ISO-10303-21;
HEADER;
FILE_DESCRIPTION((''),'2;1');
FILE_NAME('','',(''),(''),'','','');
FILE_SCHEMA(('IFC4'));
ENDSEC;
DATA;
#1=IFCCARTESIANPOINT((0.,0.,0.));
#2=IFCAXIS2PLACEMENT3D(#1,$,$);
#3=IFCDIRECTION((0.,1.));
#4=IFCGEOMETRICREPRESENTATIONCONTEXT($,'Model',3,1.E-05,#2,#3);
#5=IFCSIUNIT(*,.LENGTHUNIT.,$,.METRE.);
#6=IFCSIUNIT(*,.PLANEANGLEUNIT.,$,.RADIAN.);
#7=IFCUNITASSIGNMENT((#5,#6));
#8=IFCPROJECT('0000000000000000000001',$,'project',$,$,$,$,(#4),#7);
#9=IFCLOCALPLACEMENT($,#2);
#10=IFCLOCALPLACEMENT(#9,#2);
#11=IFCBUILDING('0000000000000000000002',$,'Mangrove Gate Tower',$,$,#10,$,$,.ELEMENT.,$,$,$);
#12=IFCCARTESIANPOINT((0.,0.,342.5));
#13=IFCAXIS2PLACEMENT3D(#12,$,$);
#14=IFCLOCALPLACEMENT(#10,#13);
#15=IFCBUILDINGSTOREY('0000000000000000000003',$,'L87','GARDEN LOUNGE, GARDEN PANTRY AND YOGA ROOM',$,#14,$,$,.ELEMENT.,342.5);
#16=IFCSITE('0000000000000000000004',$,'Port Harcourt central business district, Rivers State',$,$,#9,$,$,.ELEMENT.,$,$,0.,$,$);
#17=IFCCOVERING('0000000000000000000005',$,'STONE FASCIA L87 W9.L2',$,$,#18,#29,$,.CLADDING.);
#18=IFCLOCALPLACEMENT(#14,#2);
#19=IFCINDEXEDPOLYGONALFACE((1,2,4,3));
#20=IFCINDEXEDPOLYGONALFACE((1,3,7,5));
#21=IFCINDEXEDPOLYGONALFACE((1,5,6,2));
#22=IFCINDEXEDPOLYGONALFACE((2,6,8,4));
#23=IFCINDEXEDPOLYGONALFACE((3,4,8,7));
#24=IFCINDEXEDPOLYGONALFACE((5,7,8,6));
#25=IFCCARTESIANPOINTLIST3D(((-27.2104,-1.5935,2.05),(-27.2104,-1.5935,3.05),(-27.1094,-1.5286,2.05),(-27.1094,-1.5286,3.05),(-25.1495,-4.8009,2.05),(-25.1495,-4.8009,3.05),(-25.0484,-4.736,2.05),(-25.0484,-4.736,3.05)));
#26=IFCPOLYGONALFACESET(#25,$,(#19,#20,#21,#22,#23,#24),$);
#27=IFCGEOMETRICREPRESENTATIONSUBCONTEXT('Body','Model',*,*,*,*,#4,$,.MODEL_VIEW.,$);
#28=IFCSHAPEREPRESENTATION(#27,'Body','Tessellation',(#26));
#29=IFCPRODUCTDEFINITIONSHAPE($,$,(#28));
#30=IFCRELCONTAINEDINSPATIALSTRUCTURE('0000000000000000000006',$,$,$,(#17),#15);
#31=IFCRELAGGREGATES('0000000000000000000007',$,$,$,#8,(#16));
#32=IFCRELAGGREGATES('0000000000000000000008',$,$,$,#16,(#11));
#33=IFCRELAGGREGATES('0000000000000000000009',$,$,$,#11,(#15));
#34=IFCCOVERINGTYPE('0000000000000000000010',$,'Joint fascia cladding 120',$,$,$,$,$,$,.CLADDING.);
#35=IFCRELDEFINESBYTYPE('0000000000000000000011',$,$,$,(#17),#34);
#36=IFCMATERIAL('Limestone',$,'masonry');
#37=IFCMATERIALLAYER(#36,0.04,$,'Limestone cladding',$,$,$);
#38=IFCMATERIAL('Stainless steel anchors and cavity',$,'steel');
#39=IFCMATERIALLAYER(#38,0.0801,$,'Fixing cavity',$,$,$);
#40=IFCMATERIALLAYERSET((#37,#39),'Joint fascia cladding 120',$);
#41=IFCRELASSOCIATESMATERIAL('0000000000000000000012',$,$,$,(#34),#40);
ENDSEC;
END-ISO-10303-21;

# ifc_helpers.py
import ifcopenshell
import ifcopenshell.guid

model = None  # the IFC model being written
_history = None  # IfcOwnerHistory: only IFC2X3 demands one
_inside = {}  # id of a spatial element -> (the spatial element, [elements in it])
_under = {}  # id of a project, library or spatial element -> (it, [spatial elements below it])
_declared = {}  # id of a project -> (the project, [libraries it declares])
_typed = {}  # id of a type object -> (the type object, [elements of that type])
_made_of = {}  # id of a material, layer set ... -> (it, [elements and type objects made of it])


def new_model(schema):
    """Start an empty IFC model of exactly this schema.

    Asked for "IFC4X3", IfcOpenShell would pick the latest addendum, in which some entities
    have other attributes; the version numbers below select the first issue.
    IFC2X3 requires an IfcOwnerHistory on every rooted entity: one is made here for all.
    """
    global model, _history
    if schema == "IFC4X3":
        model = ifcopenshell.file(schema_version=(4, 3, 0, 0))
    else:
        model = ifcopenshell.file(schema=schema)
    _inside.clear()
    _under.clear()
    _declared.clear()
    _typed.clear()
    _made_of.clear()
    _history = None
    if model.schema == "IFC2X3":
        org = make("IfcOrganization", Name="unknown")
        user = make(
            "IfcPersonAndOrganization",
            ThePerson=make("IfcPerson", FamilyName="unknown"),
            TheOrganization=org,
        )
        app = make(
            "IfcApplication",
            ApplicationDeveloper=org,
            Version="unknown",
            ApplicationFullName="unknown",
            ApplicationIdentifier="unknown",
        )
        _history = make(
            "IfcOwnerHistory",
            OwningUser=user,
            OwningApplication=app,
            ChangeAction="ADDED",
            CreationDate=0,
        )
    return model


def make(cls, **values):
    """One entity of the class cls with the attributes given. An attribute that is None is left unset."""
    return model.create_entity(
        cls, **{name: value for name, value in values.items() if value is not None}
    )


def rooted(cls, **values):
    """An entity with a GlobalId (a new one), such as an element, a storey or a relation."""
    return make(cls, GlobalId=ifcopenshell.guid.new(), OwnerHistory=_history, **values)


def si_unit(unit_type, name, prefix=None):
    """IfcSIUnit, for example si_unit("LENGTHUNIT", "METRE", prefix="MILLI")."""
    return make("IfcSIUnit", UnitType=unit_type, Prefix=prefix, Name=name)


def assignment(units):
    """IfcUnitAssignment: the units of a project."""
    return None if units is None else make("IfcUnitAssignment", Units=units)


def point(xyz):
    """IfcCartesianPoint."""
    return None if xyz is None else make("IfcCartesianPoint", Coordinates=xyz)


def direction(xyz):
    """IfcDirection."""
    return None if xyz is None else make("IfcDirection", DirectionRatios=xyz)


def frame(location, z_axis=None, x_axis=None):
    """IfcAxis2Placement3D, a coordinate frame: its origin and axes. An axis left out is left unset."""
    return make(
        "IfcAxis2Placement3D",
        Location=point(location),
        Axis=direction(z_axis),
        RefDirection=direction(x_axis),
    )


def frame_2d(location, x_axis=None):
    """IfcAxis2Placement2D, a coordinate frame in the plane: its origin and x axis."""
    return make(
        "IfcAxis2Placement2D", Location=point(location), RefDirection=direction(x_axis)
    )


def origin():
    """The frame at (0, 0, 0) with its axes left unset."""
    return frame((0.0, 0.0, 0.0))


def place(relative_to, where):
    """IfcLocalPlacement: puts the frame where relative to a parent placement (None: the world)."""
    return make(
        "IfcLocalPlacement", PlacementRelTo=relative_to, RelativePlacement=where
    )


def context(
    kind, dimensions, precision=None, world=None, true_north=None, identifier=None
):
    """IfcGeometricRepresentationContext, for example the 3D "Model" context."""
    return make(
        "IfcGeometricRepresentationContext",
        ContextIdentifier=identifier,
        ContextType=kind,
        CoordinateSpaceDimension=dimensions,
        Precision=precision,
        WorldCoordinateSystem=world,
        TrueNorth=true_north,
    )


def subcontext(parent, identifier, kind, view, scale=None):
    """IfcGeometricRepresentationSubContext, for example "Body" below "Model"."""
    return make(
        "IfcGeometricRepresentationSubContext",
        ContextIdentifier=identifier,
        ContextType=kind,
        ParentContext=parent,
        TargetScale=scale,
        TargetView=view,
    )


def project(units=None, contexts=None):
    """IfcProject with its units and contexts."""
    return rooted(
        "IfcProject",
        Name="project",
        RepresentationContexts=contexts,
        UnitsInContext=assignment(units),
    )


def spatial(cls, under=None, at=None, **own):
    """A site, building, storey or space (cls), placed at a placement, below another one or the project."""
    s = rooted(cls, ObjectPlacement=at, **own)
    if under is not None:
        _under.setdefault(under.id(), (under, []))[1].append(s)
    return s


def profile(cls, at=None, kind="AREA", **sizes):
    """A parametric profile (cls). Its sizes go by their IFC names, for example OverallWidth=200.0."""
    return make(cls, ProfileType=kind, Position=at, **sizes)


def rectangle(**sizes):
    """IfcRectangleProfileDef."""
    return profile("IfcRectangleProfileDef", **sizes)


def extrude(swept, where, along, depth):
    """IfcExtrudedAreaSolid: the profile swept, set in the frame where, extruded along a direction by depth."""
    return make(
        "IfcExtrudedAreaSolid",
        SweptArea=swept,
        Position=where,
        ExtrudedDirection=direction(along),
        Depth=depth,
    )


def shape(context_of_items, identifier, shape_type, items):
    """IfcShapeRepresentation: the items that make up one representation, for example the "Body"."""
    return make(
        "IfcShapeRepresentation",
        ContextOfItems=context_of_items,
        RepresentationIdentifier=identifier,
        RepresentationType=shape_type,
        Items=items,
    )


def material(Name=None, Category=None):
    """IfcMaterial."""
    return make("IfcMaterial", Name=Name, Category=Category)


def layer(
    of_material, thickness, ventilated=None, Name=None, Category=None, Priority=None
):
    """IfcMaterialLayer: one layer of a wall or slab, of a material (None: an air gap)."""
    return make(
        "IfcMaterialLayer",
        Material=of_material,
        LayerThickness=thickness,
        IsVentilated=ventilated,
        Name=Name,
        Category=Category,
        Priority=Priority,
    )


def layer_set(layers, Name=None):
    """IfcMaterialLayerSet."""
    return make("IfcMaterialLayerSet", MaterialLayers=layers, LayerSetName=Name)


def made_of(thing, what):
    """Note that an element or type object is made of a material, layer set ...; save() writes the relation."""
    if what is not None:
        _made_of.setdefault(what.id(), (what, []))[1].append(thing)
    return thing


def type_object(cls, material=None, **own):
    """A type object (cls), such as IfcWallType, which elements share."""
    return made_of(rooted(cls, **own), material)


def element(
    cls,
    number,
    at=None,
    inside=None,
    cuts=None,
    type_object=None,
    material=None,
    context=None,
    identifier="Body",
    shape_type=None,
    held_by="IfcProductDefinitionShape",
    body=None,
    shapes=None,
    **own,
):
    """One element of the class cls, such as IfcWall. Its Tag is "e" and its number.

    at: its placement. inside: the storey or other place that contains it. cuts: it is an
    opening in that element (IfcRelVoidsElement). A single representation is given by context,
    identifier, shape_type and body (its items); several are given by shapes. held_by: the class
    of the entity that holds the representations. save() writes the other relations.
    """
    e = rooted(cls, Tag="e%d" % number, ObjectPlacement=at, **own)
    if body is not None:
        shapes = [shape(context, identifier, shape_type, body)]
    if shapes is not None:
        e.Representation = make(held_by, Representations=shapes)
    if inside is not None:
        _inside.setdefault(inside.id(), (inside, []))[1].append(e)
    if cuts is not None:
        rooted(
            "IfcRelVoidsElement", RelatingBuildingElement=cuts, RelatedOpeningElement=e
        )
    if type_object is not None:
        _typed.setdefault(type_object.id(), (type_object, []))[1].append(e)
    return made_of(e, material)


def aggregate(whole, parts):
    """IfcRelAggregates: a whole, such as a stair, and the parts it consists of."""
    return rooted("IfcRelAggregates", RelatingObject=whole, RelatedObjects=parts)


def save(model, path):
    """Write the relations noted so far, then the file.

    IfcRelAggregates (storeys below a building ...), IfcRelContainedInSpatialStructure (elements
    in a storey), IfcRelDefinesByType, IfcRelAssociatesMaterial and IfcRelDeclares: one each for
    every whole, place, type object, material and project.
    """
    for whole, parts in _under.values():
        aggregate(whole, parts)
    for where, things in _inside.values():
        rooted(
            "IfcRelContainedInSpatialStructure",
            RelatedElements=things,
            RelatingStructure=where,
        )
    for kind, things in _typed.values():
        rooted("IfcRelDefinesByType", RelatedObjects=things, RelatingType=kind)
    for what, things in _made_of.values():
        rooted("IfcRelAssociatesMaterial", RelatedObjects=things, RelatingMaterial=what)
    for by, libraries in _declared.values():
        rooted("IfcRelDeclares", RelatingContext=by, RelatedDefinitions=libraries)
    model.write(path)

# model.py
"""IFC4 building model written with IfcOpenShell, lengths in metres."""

from ifc_helpers import new_model, si_unit, direction, frame, frame_2d, origin, place, context, subcontext, project, spatial, rectangle, extrude, material, layer, layer_set, type_object, element, save


model = new_model("IFC4")

# Units and contexts
model_context = context("Model", 3, precision=1e-05, world=origin(), true_north=direction((0.0, 1.0)))
body_context = subcontext(model_context, "Body", "Model", "MODEL_VIEW")
ifc_project = project(units=[si_unit("LENGTHUNIT", "METRE"), si_unit("PLANEANGLEUNIT", "RADIAN")], contexts=[model_context])

# Site, building, storey
site_placement = place(None, origin())
site = spatial("IfcSite", under=ifc_project, at=site_placement, Name="Port Harcourt central business district, Rivers State", CompositionType="ELEMENT", RefElevation=0.0)
building_placement = place(site_placement, origin())
building = spatial("IfcBuilding", under=site, at=building_placement, Name="Mangrove Gate Tower", CompositionType="ELEMENT")
storey_placement = place(building_placement, frame((0.0, 0.0, 342.5)))
storey = spatial("IfcBuildingStorey", under=building, at=storey_placement, Name="L87", Description="GARDEN LOUNGE, GARDEN PANTRY AND YOGA ROOM", CompositionType="ELEMENT", Elevation=342.5)

# Shared definitions
ifc_material_1 = material(Name="Limestone", Category="masonry")

# Covering
ifc_layer_1 = layer(ifc_material_1, 0.04, Name="Limestone cladding")
ifc_material_2 = material(Name="Stainless steel anchors and cavity", Category="steel")
ifc_layer_2 = layer(ifc_material_2, 0.0801, Name="Fixing cavity")
ifc_layer_set_1 = layer_set([ifc_layer_1, ifc_layer_2], Name="Joint fascia cladding 120")
covering_type = type_object("IfcCoveringType", Name="Joint fascia cladding 120", PredefinedType="CLADDING", material=ifc_layer_set_1)
covering_placement = place(storey_placement, frame((-27.1599, -1.561, 2.05), z_axis=(0.0, 0.0, 1.0), x_axis=(0.540583, -0.841291, 0.0)))
element("IfcCovering", 1, at=covering_placement, inside=storey, type_object=covering_type, Name="STONE FASCIA L87 W9.L2", PredefinedType="CLADDING", context=body_context, shape_type="SweptSolid", body=[
    extrude(rectangle(XDim=3.8125, YDim=0.1201, at=frame_2d((1.9062, 0.0))), origin(), (0.0, 0.0, 1.0), 1.0),
])

save(model, "model.ifc")
